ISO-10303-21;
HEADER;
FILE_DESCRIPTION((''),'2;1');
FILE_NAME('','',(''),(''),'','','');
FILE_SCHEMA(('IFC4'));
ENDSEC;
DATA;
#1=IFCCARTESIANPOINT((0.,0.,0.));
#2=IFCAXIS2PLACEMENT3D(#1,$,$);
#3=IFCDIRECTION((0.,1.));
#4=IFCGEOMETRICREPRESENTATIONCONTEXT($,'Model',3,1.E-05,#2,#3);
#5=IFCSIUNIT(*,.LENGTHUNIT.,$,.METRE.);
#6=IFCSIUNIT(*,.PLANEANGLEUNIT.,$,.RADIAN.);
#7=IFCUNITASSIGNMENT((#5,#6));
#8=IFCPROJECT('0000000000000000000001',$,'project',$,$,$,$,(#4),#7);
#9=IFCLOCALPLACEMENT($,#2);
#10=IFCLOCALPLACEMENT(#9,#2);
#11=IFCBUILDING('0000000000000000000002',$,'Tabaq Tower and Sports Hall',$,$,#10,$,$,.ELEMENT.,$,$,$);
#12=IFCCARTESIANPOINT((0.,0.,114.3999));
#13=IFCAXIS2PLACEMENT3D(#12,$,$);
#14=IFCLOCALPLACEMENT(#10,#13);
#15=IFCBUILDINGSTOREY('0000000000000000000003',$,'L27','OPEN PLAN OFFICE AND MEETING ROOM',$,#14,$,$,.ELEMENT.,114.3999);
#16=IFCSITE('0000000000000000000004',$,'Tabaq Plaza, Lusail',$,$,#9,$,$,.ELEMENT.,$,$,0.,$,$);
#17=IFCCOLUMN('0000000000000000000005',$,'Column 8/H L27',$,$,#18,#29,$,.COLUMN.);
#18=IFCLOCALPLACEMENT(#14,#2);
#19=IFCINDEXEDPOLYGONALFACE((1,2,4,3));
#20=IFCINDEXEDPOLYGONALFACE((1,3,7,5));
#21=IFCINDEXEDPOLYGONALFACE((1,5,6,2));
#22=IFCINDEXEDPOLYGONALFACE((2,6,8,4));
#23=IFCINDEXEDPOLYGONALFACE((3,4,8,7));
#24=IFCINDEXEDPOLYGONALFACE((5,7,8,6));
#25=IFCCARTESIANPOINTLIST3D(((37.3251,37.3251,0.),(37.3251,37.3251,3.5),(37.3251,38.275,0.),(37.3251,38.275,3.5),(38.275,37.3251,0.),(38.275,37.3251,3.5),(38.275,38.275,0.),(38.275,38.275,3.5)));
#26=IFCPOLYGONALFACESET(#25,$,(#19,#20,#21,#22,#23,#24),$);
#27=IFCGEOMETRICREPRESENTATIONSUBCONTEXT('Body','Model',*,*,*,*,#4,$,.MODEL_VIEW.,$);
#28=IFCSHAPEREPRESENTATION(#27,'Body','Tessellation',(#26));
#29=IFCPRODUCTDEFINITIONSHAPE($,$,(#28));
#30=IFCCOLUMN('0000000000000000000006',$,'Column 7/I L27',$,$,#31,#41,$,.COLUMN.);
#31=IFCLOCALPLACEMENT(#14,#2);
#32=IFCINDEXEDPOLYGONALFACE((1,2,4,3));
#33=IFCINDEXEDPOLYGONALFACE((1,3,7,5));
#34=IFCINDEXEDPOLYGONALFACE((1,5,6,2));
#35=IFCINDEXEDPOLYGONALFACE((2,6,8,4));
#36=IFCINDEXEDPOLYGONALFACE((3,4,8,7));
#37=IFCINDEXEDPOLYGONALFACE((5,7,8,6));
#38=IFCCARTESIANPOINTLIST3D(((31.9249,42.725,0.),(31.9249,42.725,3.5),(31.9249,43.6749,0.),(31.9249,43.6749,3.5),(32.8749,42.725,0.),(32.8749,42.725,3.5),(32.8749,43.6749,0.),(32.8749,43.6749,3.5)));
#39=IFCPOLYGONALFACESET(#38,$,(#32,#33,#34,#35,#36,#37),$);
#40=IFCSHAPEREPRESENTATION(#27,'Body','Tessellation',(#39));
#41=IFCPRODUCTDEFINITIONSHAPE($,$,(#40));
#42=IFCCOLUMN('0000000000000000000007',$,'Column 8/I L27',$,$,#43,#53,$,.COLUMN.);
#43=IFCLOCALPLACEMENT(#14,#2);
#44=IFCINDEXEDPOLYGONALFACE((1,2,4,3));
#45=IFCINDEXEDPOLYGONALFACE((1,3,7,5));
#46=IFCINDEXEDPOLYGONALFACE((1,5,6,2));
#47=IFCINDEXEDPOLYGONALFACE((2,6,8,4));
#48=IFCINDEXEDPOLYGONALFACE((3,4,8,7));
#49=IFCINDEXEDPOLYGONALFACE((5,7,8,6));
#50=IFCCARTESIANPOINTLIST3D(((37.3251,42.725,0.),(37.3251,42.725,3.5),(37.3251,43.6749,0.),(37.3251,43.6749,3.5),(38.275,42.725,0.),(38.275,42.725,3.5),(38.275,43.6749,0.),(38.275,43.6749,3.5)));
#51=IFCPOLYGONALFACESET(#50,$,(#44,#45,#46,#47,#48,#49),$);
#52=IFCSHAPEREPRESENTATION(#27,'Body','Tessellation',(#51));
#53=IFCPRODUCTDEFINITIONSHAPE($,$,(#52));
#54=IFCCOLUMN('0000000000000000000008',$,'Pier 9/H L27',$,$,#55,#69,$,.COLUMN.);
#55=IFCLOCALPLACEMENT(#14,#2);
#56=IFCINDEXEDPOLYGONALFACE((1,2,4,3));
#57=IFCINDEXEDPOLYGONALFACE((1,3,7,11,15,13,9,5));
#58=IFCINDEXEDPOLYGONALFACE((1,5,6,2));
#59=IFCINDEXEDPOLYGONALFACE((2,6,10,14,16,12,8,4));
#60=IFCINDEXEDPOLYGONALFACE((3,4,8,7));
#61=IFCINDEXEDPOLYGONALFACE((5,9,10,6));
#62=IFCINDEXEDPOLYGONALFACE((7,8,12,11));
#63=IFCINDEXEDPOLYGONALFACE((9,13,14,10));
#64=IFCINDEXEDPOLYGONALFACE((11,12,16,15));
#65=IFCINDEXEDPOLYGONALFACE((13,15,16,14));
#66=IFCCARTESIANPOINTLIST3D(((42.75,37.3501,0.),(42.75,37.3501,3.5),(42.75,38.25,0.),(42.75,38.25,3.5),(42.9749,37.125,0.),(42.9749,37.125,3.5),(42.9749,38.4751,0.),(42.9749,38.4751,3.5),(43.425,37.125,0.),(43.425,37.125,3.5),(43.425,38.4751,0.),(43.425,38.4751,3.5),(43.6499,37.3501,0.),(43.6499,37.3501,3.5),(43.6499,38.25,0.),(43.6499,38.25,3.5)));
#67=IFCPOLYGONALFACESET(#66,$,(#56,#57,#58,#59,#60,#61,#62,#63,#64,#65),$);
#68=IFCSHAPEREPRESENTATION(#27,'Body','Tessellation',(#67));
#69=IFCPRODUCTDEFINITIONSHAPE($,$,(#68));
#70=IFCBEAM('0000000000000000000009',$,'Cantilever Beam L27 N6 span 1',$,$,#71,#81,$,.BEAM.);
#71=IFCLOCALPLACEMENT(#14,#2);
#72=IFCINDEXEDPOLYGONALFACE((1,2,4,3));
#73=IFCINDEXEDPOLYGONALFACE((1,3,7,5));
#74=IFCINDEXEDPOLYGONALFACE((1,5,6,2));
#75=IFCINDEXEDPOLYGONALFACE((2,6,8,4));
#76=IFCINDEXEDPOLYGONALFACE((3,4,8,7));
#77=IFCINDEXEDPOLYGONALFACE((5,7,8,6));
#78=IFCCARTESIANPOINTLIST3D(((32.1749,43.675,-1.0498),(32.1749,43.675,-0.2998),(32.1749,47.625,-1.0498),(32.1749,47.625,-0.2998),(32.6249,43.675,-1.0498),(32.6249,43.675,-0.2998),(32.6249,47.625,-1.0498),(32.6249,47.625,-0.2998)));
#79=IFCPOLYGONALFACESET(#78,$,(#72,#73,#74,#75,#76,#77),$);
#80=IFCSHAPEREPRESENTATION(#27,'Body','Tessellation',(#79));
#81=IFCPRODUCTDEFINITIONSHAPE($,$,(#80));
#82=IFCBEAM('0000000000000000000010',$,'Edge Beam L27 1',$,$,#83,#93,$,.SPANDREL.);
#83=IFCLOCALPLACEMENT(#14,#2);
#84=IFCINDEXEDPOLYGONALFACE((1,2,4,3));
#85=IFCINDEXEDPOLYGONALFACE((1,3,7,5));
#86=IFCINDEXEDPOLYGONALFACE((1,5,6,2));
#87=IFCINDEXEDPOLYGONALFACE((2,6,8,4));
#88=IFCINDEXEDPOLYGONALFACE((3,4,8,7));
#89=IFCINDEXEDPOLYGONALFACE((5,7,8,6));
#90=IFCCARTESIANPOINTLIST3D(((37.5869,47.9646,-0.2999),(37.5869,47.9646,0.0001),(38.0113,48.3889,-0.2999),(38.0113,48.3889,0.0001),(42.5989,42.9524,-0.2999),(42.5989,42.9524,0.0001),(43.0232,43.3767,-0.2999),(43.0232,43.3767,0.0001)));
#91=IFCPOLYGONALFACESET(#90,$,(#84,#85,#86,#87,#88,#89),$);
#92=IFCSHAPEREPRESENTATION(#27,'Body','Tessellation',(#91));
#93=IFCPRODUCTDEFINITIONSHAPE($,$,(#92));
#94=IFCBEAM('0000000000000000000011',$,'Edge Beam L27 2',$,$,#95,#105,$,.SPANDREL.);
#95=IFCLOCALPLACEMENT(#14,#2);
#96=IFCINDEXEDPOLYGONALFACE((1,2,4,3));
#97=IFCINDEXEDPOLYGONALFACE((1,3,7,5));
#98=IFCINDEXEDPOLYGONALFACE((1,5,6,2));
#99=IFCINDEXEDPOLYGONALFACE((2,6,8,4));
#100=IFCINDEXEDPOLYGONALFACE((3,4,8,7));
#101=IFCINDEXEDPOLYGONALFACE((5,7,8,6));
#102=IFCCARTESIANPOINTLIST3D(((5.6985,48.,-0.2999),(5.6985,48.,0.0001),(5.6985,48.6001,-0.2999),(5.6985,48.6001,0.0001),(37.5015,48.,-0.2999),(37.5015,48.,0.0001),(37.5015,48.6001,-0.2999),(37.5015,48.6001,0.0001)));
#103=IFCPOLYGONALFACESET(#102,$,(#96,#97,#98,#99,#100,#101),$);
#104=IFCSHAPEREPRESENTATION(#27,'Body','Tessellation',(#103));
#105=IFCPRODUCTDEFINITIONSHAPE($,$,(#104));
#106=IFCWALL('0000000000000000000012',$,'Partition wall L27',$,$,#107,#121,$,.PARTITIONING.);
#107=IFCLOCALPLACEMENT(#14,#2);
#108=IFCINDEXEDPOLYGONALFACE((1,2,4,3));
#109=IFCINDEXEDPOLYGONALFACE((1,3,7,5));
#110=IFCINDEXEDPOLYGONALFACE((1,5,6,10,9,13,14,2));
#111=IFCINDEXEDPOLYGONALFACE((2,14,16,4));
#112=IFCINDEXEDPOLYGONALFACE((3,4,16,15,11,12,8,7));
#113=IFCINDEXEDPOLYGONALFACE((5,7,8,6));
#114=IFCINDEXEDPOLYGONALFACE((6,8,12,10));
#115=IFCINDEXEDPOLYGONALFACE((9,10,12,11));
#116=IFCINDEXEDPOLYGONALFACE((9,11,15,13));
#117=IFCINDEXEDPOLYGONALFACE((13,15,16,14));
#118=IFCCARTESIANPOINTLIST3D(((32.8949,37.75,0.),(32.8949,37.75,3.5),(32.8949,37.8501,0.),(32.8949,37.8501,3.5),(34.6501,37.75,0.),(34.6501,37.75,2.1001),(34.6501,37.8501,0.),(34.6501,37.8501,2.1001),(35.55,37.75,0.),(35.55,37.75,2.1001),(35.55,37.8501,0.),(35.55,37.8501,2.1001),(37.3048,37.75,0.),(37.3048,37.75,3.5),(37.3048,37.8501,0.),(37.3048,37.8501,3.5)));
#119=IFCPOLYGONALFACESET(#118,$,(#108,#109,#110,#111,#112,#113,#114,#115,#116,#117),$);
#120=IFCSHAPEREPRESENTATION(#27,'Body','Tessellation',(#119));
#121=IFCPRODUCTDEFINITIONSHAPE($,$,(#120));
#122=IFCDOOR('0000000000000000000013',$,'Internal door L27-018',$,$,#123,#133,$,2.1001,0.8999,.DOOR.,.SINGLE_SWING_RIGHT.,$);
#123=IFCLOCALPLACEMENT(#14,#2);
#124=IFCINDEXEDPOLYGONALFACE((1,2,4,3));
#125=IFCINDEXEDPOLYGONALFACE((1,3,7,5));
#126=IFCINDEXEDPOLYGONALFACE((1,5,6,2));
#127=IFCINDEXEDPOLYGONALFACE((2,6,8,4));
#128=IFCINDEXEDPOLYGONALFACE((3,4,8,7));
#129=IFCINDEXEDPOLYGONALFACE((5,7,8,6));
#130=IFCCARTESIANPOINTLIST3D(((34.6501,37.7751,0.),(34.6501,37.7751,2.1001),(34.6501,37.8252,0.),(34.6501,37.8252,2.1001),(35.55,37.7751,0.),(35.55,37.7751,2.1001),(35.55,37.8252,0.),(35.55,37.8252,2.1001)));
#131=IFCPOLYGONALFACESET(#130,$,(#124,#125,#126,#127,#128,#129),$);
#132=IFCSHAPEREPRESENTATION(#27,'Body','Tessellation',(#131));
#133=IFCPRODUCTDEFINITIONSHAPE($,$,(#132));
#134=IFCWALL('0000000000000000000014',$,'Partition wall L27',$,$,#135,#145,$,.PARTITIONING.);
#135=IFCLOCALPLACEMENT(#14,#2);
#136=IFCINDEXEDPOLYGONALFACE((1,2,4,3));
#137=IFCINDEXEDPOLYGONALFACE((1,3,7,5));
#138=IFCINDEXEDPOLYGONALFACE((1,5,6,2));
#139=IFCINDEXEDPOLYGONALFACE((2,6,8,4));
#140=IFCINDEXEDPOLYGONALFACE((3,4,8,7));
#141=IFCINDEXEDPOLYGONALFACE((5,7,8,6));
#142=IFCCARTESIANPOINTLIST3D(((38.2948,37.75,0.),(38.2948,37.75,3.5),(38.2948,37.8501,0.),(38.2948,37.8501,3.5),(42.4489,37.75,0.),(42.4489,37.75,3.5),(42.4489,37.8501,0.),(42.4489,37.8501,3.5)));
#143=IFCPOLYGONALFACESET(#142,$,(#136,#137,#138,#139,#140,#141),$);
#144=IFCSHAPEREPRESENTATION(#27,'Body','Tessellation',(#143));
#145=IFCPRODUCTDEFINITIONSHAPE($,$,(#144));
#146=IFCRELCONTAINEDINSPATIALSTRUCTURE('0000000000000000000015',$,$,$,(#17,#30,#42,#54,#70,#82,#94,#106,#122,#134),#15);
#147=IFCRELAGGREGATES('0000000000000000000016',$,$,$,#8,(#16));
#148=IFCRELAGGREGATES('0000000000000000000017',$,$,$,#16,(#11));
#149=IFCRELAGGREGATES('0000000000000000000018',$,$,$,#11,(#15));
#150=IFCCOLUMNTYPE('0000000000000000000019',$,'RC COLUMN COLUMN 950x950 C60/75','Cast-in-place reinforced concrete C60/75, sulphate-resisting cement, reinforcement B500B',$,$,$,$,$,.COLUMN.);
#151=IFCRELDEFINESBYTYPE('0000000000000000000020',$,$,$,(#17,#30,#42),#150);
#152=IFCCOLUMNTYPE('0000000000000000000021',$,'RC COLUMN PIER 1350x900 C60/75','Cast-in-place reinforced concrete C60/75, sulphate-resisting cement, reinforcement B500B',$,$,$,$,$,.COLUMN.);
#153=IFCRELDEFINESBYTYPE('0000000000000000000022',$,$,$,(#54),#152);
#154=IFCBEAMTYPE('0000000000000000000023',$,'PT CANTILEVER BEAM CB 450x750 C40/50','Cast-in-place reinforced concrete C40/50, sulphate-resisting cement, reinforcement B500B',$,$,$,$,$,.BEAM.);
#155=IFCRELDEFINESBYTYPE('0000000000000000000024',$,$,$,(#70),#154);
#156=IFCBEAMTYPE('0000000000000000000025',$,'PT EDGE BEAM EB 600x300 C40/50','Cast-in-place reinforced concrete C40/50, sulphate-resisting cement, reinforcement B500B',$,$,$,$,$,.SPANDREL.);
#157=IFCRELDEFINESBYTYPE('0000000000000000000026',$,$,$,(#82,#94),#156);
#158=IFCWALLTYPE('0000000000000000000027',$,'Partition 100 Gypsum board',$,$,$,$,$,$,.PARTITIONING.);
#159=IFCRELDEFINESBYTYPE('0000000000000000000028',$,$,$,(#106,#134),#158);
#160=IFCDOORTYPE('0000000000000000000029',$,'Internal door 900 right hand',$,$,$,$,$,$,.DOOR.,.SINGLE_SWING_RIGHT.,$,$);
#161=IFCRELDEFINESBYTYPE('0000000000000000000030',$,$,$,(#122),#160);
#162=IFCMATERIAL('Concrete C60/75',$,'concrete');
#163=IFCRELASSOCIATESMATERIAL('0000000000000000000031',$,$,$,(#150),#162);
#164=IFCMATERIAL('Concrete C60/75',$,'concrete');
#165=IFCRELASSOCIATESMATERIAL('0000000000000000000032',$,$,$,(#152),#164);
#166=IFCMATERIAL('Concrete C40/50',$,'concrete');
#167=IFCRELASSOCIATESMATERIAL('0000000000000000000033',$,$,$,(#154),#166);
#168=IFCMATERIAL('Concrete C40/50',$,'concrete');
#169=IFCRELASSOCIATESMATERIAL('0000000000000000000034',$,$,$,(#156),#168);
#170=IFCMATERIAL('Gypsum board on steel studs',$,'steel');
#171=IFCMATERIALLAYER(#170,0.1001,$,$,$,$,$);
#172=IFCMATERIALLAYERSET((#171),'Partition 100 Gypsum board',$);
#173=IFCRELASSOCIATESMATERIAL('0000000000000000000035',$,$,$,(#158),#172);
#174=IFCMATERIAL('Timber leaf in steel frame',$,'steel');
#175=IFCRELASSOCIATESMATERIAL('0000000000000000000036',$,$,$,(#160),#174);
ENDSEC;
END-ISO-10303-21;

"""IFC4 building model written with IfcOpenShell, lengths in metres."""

from ifc_helpers import new_model, si_unit, direction, frame, frame_2d, origin, origin_2d, place, context, subcontext, project, spatial, polyline, rectangle, outline, extrude, material, layer, layer_set, material_profile, profile_set, type_object, element, fill, save


model = new_model("IFC4")

# Units and contexts
model_context = context("Model", 3, precision=1e-05, world=origin(), true_north=direction((0.0, 1.0)))
body_context = subcontext(model_context, "Body", "Model", "MODEL_VIEW")
ifc_project = project(units=[si_unit("LENGTHUNIT", "METRE"), si_unit("PLANEANGLEUNIT", "RADIAN")], contexts=[model_context])

# Site, building, storey
site_placement = place(None, origin())
site = spatial("IfcSite", under=ifc_project, at=site_placement, Name="Tabaq Plaza, Lusail", CompositionType="ELEMENT", RefElevation=0.0)
building_placement = place(site_placement, origin())
building = spatial("IfcBuilding", under=site, at=building_placement, Name="Tabaq Tower and Sports Hall", CompositionType="ELEMENT")
storey_placement = place(building_placement, frame((0.0, 0.0, 114.3999)))
storey = spatial("IfcBuildingStorey", under=building, at=storey_placement, Name="L27", Description="OPEN PLAN OFFICE AND MEETING ROOM", CompositionType="ELEMENT", Elevation=114.3999)

# Columns
ifc_material_1 = material(Name="Concrete C60/75", Category="concrete")
ifc_material_profile_1 = material_profile(ifc_material_1, rectangle(XDim=0.95, YDim=0.95, at=origin_2d()), Name="COLUMN 950x950")
ifc_profile_set_1 = profile_set([ifc_material_profile_1], Name="Concrete C60/75")
column_type_1 = type_object("IfcColumnType", Name="RC COLUMN COLUMN 950x950 C60/75", Description="Cast-in-place reinforced concrete C60/75, sulphate-resisting cement, reinforcement B500B", PredefinedType="COLUMN", material=ifc_profile_set_1)
for number, where, z_axis, x_axis, name in (
    (1, (37.8, 37.8, 0.0), (0.0, 0.0, 1.0), (1.0, 0.0, 0.0), "Column 8/H L27"),
    (2, (32.3999, 43.2, 0.0), (0.0, 0.0, 1.0), (1.0, 0.0, 0.0), "Column 7/I L27"),
    (3, (37.8, 43.2, 0.0), (0.0, 0.0, 1.0), (1.0, 0.0, 0.0), "Column 8/I L27"),
):
    element("IfcColumn", number, at=place(storey_placement, frame(where, z_axis=z_axis, x_axis=x_axis)), inside=storey, type_object=column_type_1, Name=name, PredefinedType="COLUMN", context=body_context, shape_type="SweptSolid", body=[
        extrude(rectangle(XDim=0.95, YDim=0.95, at=origin_2d()), origin(), (0.0, 0.0, 1.0), 3.5),
    ])
ifc_material_2 = material(Name="Concrete C60/75", Category="concrete")
ifc_material_profile_2 = material_profile(ifc_material_2, outline(polyline([(-0.45, -0.45), (0.45, -0.45), (0.675, -0.2251), (0.675, 0.2251), (0.45, 0.45), (-0.45, 0.45), (-0.675, 0.2251), (-0.675, -0.2251), (-0.45, -0.45)])), Name="PIER 1350x900")
ifc_profile_set_2 = profile_set([ifc_material_profile_2], Name="Concrete C60/75")
column_type_2 = type_object("IfcColumnType", Name="RC COLUMN PIER 1350x900 C60/75", Description="Cast-in-place reinforced concrete C60/75, sulphate-resisting cement, reinforcement B500B", PredefinedType="COLUMN", material=ifc_profile_set_2)
column_placement = place(storey_placement, frame((43.2, 37.8, 0.0), z_axis=(0.0, 0.0, 1.0), x_axis=(0.0, 1.0, 0.0)))
element("IfcColumn", 4, at=column_placement, inside=storey, type_object=column_type_2, Name="Pier 9/H L27", PredefinedType="COLUMN", context=body_context, shape_type="SweptSolid", body=[
    extrude(outline(polyline([(-0.45, -0.45), (0.45, -0.45), (0.675, -0.2251), (0.675, 0.2251), (0.45, 0.45), (-0.45, 0.45), (-0.675, 0.2251), (-0.675, -0.2251), (-0.45, -0.45)])), origin(), (0.0, 0.0, 1.0), 3.5),
])

# Beams
ifc_material_3 = material(Name="Concrete C40/50", Category="concrete")
ifc_material_profile_3 = material_profile(ifc_material_3, rectangle(XDim=0.45, YDim=0.75, at=origin_2d()), Name="CB 450x750")
ifc_profile_set_3 = profile_set([ifc_material_profile_3], Name="Concrete C40/50")
beam_type_1 = type_object("IfcBeamType", Name="PT CANTILEVER BEAM CB 450x750 C40/50", Description="Cast-in-place reinforced concrete C40/50, sulphate-resisting cement, reinforcement B500B", PredefinedType="BEAM", material=ifc_profile_set_3)
beam_1_placement = place(storey_placement, frame((32.3999, 47.625, -0.6748), z_axis=(0.0, -1.0, 0.0), x_axis=(1.0, 0.0, 0.0)))
element("IfcBeam", 5, at=beam_1_placement, inside=storey, type_object=beam_type_1, Name="Cantilever Beam L27 N6 span 1", PredefinedType="BEAM", context=body_context, shape_type="SweptSolid", body=[
    extrude(rectangle(XDim=0.45, YDim=0.75, at=origin_2d()), origin(), (0.0, 0.0, 1.0), 3.95),
])
ifc_material_4 = material(Name="Concrete C40/50", Category="concrete")
ifc_material_profile_4 = material_profile(ifc_material_4, rectangle(XDim=0.6001, YDim=0.3, at=origin_2d()), Name="EB 600x300")
ifc_profile_set_4 = profile_set([ifc_material_profile_4], Name="Concrete C40/50")
beam_type_2 = type_object("IfcBeamType", Name="PT EDGE BEAM EB 600x300 C40/50", Description="Cast-in-place reinforced concrete C40/50, sulphate-resisting cement, reinforcement B500B", PredefinedType="SPANDREL", material=ifc_profile_set_4)
beam_2_placement = place(storey_placement, frame((42.811, 43.1646, -0.1499), z_axis=(-0.70709, 0.707124, 0.0), x_axis=(-0.707124, -0.70709, 0.0)))
element("IfcBeam", 6, at=beam_2_placement, inside=storey, type_object=beam_type_2, Name="Edge Beam L27 1", PredefinedType="SPANDREL", context=body_context, shape_type="SweptSolid", body=[
    extrude(rectangle(XDim=0.6001, YDim=0.3, at=origin_2d()), origin(), (0.0, 0.0, 1.0), 7.0881),
])
beam_3_placement = place(storey_placement, frame((37.5015, 48.3, -0.1499), z_axis=(-1.0, 0.0, 0.0), x_axis=(0.0, -1.0, 0.0)))
element("IfcBeam", 7, at=beam_3_placement, inside=storey, type_object=beam_type_2, Name="Edge Beam L27 2", PredefinedType="SPANDREL", context=body_context, shape_type="SweptSolid", body=[
    extrude(rectangle(XDim=0.6001, YDim=0.3, at=origin_2d()), origin(), (0.0, 0.0, 1.0), 31.803),
])

# Wall, opening, door
ifc_material_5 = material(Name="Gypsum board on steel studs", Category="steel")
ifc_layer_1 = layer(ifc_material_5, 0.1001)
ifc_layer_set_1 = layer_set([ifc_layer_1], Name="Partition 100 Gypsum board")
wall_type_1 = type_object("IfcWallType", Name="Partition 100 Gypsum board", PredefinedType="PARTITIONING", material=ifc_layer_set_1)
wall_1_placement = place(storey_placement, frame((37.3049, 37.8, 0.0), z_axis=(0.0, 0.0, 1.0), x_axis=(-1.0, 0.0, 0.0)))
wall_1 = element("IfcWall", 8, at=wall_1_placement, inside=storey, type_object=wall_type_1, Name="Partition wall L27", PredefinedType="PARTITIONING", context=body_context, shape_type="SweptSolid", body=[
    extrude(rectangle(XDim=4.4099, YDim=0.1001, at=frame_2d((2.2051, 0.0))), origin(), (0.0, 0.0, 1.0), 3.5),
])
opening_1_placement = place(wall_1_placement, frame((1.7549, 0.0, 0.0)))
opening_1 = element("IfcOpeningElement", 9, at=opening_1_placement, cuts=wall_1, PredefinedType="OPENING", context=body_context, shape_type="SweptSolid", body=[
    extrude(rectangle(XDim=0.8999, YDim=2.1001, at=frame_2d((0.45, 1.05))), frame((0.0, 0.05, 0.0), z_axis=(0.0, -1.0, 0.0), x_axis=(1.0, 0.0, 0.0)), (0.0, 0.0, 1.0), 0.1001),
])
ifc_material_6 = material(Name="Timber leaf in steel frame", Category="steel")
door_type = type_object("IfcDoorType", Name="Internal door 900 right hand", OperationType="SINGLE_SWING_RIGHT", PredefinedType="DOOR", material=ifc_material_6)
door_placement = place(opening_1_placement, origin())
door = element("IfcDoor", 10, at=door_placement, inside=storey, type_object=door_type, Name="Internal door L27-018", OperationType="SINGLE_SWING_RIGHT", OverallHeight=2.1001, OverallWidth=0.8999, PredefinedType="DOOR", context=body_context, shape_type="SweptSolid", body=[
    extrude(rectangle(XDim=0.8999, YDim=2.1001, at=frame_2d((0.45, 1.05))), frame((0.0, 0.0249, 0.0), z_axis=(0.0, -1.0, 0.0), x_axis=(1.0, 0.0, 0.0)), (0.0, 0.0, 1.0), 0.05),
])
fill(opening_1, door)

# Wall
wall_2_placement = place(storey_placement, frame((42.449, 37.8, 0.0), z_axis=(0.0, 0.0, 1.0), x_axis=(-1.0, 0.0, 0.0)))
element("IfcWall", 11, at=wall_2_placement, inside=storey, type_object=wall_type_1, Name="Partition wall L27", PredefinedType="PARTITIONING", context=body_context, shape_type="SweptSolid", body=[
    extrude(rectangle(XDim=4.1541, YDim=0.1001, at=frame_2d((2.0771, 0.0))), origin(), (0.0, 0.0, 1.0), 3.5),
])

save(model, "model.ifc")
